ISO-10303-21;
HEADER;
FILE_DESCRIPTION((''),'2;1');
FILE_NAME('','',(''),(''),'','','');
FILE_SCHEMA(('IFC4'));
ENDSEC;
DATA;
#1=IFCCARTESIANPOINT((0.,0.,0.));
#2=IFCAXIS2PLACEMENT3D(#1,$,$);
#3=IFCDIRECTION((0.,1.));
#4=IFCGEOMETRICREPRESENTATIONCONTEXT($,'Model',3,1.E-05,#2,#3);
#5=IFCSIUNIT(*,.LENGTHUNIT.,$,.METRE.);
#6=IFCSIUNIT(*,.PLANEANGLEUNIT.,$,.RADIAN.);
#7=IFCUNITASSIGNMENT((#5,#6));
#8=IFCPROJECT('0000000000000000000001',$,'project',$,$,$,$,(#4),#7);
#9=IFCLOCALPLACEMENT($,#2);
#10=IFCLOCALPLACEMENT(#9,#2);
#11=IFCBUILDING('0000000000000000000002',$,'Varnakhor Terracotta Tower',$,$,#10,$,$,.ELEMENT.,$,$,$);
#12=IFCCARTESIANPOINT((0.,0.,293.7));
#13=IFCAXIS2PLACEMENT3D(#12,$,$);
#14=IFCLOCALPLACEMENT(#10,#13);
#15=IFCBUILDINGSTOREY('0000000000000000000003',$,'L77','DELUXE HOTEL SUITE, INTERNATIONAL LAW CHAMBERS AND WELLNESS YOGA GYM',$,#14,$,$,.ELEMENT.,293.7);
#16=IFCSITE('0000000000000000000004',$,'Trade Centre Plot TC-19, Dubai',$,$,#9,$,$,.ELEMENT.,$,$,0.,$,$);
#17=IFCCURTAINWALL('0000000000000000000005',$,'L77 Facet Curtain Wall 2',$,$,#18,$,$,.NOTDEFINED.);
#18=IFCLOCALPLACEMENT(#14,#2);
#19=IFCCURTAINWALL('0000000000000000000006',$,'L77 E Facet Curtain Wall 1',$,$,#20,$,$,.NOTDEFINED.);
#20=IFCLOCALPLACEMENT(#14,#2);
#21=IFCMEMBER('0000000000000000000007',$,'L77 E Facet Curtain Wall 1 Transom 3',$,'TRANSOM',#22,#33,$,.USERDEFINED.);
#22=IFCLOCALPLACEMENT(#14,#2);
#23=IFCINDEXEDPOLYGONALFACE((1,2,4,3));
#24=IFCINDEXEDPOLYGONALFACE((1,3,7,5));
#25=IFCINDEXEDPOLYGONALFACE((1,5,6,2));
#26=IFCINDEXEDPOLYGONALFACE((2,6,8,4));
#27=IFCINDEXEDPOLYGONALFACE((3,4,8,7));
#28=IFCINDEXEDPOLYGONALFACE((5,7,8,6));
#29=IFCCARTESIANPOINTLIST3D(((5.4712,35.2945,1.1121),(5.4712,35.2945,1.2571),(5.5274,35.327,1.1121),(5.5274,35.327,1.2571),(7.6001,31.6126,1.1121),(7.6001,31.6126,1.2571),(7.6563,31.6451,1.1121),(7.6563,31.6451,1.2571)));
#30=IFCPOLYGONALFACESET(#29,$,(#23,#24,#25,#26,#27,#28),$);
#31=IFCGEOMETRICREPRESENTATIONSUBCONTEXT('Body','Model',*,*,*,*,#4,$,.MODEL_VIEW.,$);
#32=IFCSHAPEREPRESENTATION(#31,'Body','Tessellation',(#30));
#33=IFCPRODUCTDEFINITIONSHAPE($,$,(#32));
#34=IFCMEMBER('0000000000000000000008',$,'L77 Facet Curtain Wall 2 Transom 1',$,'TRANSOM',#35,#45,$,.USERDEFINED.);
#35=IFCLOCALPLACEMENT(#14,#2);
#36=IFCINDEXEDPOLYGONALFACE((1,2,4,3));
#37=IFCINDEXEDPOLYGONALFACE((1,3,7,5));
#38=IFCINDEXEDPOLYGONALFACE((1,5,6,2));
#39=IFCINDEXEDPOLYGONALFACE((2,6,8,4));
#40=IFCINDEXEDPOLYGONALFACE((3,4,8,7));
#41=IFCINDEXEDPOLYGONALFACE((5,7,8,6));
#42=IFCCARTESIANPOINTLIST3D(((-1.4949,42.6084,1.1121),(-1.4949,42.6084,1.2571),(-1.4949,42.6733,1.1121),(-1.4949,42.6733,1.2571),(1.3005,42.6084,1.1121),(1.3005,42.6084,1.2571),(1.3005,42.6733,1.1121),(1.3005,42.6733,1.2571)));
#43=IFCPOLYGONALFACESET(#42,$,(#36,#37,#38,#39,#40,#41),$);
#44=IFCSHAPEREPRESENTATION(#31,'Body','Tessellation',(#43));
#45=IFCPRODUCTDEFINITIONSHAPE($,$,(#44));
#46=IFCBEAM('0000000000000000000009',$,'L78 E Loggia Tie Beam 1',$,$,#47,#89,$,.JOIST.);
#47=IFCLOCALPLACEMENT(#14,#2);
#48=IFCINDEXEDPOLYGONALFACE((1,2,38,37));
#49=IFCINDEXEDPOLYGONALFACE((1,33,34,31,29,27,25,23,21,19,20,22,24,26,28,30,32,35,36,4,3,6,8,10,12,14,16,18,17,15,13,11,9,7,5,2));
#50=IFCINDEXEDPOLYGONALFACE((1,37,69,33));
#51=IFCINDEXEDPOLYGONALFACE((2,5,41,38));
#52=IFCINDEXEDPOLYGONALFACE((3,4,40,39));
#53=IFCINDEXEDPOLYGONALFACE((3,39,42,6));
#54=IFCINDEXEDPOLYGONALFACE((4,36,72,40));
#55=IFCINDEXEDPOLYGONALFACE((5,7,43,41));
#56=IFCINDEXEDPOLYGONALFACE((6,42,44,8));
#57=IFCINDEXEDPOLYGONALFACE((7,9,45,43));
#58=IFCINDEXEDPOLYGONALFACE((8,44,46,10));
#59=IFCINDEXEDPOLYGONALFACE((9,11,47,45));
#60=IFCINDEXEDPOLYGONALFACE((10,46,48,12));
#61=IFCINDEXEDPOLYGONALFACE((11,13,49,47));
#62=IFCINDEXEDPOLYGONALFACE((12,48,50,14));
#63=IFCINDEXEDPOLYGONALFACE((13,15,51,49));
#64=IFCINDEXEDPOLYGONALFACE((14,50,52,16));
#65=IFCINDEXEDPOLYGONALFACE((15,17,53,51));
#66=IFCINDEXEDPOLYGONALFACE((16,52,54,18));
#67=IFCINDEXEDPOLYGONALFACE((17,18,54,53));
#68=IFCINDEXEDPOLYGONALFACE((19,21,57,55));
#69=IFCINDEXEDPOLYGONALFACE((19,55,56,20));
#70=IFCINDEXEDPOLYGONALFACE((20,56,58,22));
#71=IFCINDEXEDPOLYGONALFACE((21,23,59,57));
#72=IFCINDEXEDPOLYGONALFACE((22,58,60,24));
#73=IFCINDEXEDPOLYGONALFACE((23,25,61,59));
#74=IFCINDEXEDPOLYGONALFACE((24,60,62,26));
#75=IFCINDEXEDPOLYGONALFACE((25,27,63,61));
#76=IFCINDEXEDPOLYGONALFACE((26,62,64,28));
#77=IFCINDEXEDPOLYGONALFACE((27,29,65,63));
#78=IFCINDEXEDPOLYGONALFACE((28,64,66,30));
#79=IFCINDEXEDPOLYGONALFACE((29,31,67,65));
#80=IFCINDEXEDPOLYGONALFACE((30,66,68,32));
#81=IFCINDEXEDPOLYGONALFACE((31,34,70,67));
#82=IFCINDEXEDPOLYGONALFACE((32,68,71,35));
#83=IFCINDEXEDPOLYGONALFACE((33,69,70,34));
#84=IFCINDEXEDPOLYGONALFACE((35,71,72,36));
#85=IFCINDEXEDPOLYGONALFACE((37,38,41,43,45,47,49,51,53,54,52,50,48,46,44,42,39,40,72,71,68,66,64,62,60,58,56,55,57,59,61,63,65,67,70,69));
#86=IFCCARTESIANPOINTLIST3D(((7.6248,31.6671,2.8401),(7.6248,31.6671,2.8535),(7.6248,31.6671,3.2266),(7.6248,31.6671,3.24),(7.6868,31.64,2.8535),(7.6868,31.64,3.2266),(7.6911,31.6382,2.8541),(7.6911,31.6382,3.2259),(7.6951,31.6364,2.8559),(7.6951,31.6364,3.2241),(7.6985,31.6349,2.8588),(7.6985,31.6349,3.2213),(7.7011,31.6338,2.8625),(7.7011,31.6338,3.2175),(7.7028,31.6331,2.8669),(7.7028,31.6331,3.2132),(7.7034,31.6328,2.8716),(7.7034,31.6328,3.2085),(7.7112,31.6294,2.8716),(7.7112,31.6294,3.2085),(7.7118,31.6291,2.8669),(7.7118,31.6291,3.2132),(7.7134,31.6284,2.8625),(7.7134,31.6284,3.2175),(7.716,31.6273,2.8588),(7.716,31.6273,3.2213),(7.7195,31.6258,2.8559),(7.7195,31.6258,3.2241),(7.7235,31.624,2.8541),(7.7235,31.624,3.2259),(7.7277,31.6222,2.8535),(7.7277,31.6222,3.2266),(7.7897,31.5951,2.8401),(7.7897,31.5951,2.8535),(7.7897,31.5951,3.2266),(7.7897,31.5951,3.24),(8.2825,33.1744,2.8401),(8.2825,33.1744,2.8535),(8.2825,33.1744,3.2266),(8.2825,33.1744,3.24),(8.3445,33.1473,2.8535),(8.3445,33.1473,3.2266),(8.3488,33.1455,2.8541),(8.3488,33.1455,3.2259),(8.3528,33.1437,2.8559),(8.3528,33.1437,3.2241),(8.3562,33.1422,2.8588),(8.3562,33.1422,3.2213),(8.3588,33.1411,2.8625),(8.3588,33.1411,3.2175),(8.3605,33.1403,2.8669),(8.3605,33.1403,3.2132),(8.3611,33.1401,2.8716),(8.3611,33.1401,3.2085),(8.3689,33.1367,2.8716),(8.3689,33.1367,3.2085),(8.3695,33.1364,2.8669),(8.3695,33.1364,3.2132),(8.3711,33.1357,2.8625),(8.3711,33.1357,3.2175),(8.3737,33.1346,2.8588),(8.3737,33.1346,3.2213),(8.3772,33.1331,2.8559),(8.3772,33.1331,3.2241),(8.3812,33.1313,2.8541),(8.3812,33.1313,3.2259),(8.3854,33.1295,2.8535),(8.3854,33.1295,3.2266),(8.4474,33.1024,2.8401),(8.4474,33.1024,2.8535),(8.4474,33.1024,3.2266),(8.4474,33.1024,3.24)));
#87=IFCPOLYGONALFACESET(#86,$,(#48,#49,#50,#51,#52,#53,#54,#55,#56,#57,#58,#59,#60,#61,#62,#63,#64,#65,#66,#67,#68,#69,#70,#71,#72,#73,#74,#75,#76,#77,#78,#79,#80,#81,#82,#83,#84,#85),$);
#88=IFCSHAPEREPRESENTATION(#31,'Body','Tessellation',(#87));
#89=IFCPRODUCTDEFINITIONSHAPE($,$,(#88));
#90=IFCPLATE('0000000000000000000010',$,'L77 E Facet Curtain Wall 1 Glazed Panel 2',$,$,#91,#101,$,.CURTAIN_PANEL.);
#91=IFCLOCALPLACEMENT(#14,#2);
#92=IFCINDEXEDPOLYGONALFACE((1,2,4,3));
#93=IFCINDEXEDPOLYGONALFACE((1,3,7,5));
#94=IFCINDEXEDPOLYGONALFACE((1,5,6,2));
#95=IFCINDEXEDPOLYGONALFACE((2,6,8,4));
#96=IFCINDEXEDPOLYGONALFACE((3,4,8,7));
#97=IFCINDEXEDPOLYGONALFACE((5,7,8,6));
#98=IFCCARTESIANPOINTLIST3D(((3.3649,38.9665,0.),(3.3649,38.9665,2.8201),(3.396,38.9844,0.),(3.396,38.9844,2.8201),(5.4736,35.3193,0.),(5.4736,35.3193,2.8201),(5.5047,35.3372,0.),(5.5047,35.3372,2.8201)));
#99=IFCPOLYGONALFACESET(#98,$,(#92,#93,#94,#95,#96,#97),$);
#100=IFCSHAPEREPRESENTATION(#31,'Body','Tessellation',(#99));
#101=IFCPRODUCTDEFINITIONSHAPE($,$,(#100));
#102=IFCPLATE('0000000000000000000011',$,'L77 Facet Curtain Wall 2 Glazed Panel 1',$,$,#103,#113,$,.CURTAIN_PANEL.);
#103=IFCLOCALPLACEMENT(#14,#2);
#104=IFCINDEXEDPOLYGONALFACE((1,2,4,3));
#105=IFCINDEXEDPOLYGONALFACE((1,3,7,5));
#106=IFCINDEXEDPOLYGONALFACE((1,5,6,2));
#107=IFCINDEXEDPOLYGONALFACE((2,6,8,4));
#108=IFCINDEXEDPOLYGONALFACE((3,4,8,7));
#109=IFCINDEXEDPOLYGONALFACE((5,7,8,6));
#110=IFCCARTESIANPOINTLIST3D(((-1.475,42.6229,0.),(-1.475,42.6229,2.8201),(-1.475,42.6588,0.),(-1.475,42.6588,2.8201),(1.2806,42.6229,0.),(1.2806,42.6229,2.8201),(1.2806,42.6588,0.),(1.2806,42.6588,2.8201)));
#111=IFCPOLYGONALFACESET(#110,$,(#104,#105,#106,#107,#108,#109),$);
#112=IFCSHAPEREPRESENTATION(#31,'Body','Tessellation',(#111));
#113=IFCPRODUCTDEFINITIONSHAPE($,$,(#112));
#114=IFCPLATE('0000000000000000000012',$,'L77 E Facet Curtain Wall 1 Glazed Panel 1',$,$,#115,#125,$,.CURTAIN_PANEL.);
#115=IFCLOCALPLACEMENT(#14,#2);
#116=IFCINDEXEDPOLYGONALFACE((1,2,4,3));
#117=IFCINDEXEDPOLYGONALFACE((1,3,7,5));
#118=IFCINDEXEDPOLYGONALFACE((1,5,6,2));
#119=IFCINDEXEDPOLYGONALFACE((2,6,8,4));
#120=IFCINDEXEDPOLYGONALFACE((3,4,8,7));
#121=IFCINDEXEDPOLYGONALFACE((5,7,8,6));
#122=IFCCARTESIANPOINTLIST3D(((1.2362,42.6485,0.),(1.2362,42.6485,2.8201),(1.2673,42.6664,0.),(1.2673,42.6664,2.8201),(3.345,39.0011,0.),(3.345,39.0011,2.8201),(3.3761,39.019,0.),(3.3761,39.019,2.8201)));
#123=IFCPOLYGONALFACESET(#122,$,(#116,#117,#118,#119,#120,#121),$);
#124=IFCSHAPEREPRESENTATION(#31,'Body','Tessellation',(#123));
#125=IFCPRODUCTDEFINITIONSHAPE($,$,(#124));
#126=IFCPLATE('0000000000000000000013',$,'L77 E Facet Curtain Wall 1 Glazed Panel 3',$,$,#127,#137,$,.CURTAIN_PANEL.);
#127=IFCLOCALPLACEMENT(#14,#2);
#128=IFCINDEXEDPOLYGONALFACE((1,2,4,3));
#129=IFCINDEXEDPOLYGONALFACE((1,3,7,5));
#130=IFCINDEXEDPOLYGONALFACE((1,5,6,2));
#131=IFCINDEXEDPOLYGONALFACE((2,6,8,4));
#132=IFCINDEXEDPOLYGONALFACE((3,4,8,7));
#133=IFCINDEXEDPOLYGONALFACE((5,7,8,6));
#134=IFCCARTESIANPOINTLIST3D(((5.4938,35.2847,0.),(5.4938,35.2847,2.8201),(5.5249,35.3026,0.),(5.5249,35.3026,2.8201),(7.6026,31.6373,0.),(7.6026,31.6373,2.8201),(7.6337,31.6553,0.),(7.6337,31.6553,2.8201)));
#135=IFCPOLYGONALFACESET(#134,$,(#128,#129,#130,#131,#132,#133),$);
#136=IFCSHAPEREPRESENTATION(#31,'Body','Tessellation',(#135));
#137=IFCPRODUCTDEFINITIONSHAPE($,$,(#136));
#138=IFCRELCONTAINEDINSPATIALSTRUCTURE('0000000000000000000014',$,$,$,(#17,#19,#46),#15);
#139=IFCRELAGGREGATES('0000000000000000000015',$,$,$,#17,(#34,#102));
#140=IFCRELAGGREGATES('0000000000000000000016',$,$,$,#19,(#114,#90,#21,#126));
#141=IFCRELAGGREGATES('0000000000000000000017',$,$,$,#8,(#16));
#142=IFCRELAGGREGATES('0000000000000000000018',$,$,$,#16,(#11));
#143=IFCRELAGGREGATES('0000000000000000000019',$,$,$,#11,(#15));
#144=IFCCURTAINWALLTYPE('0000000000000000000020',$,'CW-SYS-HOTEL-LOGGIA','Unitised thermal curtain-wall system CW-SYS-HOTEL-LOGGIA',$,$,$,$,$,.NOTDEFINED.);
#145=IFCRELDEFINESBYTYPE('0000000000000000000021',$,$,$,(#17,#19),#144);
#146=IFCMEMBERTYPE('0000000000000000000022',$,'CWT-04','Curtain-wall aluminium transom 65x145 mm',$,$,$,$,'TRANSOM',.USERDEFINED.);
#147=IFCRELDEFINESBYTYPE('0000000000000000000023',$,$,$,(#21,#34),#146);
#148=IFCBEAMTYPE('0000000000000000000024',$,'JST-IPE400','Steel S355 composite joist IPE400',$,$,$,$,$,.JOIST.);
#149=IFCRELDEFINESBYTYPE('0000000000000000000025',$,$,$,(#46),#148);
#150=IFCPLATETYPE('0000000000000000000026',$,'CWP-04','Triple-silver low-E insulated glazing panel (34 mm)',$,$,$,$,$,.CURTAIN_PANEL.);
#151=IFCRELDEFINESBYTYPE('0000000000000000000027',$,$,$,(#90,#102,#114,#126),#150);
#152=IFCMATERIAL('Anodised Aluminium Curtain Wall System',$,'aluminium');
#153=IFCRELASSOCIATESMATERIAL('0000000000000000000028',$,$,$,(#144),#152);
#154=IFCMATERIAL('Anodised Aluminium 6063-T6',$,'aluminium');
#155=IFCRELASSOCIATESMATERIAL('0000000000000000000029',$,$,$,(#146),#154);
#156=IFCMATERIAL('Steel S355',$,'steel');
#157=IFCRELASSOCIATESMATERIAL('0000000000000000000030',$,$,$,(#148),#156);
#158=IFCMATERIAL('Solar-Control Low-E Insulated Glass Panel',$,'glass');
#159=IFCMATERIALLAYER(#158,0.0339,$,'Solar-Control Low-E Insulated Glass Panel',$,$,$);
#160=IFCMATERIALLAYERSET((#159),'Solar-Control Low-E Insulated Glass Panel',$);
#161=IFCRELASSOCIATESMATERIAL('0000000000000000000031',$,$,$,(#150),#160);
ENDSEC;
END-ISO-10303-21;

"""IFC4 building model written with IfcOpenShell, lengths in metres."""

from ifc_helpers import new_model, si_unit, direction, frame, origin, origin_2d, place, context, subcontext, project, spatial, rectangle, i_section, extrude, source, transform, mapped, material, layer, layer_set, material_profile, profile_set, type_object, element, aggregate, save


model = new_model("IFC4")

# Units and contexts
model_context = context("Model", 3, precision=1e-05, world=origin(), true_north=direction((0.0, 1.0)))
body_context = subcontext(model_context, "Body", "Model", "MODEL_VIEW")
ifc_project = project(units=[si_unit("LENGTHUNIT", "METRE"), si_unit("PLANEANGLEUNIT", "RADIAN")], contexts=[model_context])

# Site, building, storey
site_placement = place(None, origin())
site = spatial("IfcSite", under=ifc_project, at=site_placement, Name="Trade Centre Plot TC-19, Dubai", CompositionType="ELEMENT", RefElevation=0.0)
building_placement = place(site_placement, origin())
building = spatial("IfcBuilding", under=site, at=building_placement, Name="Varnakhor Terracotta Tower", CompositionType="ELEMENT")
storey_placement = place(building_placement, frame((0.0, 0.0, 293.7)))
storey = spatial("IfcBuildingStorey", under=building, at=storey_placement, Name="L77", Description="DELUXE HOTEL SUITE, INTERNATIONAL LAW CHAMBERS AND WELLNESS YOGA GYM", CompositionType="ELEMENT", Elevation=293.7)

# Shared definitions
ifc_material_1 = material(Name="Steel S355", Category="steel")

# Curtain wall
ifc_material_2 = material(Name="Anodised Aluminium Curtain Wall System", Category="aluminium")
curtain_wall_type = type_object("IfcCurtainWallType", Name="CW-SYS-HOTEL-LOGGIA", Description="Unitised thermal curtain-wall system CW-SYS-HOTEL-LOGGIA", PredefinedType="NOTDEFINED", material=ifc_material_2)
curtain_wall_1_placement = place(storey_placement, origin())
curtain_wall_1 = element("IfcCurtainWall", 1, at=curtain_wall_1_placement, inside=storey, type_object=curtain_wall_type, Name="L77 Facet Curtain Wall 2", PredefinedType="NOTDEFINED")
ifc_material_3 = material(Name="Anodised Aluminium 6063-T6", Category="aluminium")

# Curtain wall, member
curtain_wall_2_placement = place(storey_placement, origin())
curtain_wall_2 = element("IfcCurtainWall", 2, at=curtain_wall_2_placement, inside=storey, type_object=curtain_wall_type, Name="L77 E Facet Curtain Wall 1", PredefinedType="NOTDEFINED")
ifc_material_profile_1 = material_profile(ifc_material_3, rectangle(XDim=0.0649, YDim=0.145, at=origin_2d()), Name="ALU TRANSOM 65x145")
ifc_profile_set_1 = profile_set([ifc_material_profile_1], Name="Anodised Aluminium 6063-T6")
member_type_1 = type_object("IfcMemberType", Name="CWT-04", Description="Curtain-wall aluminium transom 65x145 mm", ElementType="TRANSOM", PredefinedType="USERDEFINED", material=ifc_profile_set_1)
shared_shape_1 = source(origin(), body_context, "Body", "SweptSolid", [
    extrude(rectangle(XDim=0.0649, YDim=0.145, at=origin_2d()), origin(), (0.0, 0.0, 1.0), 4.2532),
])
member_1_placement = place(storey_placement, frame((5.4993, 35.3108, 1.1846), z_axis=(0.500559, -0.865703, 0.0), x_axis=(0.865703, 0.500559, 0.0)))
member_1 = element("IfcMember", 3, at=member_1_placement, type_object=member_type_1, Name="L77 E Facet Curtain Wall 1 Transom 3", ObjectType="TRANSOM", PredefinedType="USERDEFINED", context=body_context, shape_type="MappedRepresentation", body=[
    mapped(shared_shape_1, transform((0.0, 0.0, 0.0), scale=1.0)),
])

# Member
shared_shape_2 = source(origin(), body_context, "Body", "SweptSolid", [
    extrude(rectangle(XDim=0.0649, YDim=0.145, at=origin_2d()), origin(), (0.0, 0.0, 1.0), 2.7954),
])
member_2_placement = place(storey_placement, frame((-1.4949, 42.6409, 1.1846), z_axis=(1.0, 0.0, 0.0), x_axis=(0.0, 1.0, 0.0)))
member_2 = element("IfcMember", 4, at=member_2_placement, type_object=member_type_1, Name="L77 Facet Curtain Wall 2 Transom 1", ObjectType="TRANSOM", PredefinedType="USERDEFINED", context=body_context, shape_type="MappedRepresentation", body=[
    mapped(shared_shape_2, transform((0.0, 0.0, 0.0), scale=1.0)),
])

# Beam
ifc_material_profile_2 = material_profile(ifc_material_1, i_section(OverallWidth=0.1799, OverallDepth=0.3999, WebThickness=0.0085, FlangeThickness=0.0134, FilletRadius=0.0181, at=origin_2d()), Name="IPE400")
ifc_profile_set_2 = profile_set([ifc_material_profile_2], Name="Steel S355")
beam_type_1 = type_object("IfcBeamType", Name="JST-IPE400", Description="Steel S355 composite joist IPE400", PredefinedType="JOIST", material=ifc_profile_set_2)
shared_shape_3 = source(origin(), body_context, "Body", "SweptSolid", [
    extrude(i_section(OverallWidth=0.1799, OverallDepth=0.3999, WebThickness=0.0085, FlangeThickness=0.0134, FilletRadius=0.0181, at=origin_2d()), origin(), (0.0, 0.0, 1.0), 1.6445),
])
beam_1_placement = place(storey_placement, frame((7.7073, 31.6311, 3.04), z_axis=(0.399931, 0.916545, 0.0), x_axis=(-0.916545, 0.399931, 0.0)))
element("IfcBeam", 5, at=beam_1_placement, inside=storey, type_object=beam_type_1, Name="L78 E Loggia Tie Beam 1", PredefinedType="JOIST", context=body_context, shape_type="MappedRepresentation", body=[
    mapped(shared_shape_3, transform((0.0, 0.0, 0.0), scale=1.0)),
])

# Plates
ifc_material_4 = material(Name="Solar-Control Low-E Insulated Glass Panel", Category="glass")
ifc_layer_1 = layer(ifc_material_4, 0.0339, Name="Solar-Control Low-E Insulated Glass Panel")
ifc_layer_set_1 = layer_set([ifc_layer_1], Name="Solar-Control Low-E Insulated Glass Panel")
plate_type = type_object("IfcPlateType", Name="CWP-04", Description="Triple-silver low-E insulated glazing panel (34 mm)", PredefinedType="CURTAIN_PANEL", material=ifc_layer_set_1)
shared_shape_4 = source(origin(), body_context, "Body", "SweptSolid", [
    extrude(rectangle(XDim=4.2129, YDim=0.0359, at=origin_2d()), origin(), (0.0, 0.0, 1.0), 2.8201),
])
plate_1_placement = place(storey_placement, frame((4.4348, 37.1519, 0.0), z_axis=(0.0, 0.0, 1.0), x_axis=(0.500529, -0.86572, 0.0)))
plate_1 = element("IfcPlate", 6, at=plate_1_placement, type_object=plate_type, Name="L77 E Facet Curtain Wall 1 Glazed Panel 2", PredefinedType="CURTAIN_PANEL", context=body_context, shape_type="MappedRepresentation", body=[
    mapped(shared_shape_4, transform((0.0, 0.0, 0.0), scale=1.0)),
])
shared_shape_5 = source(origin(), body_context, "Body", "SweptSolid", [
    extrude(rectangle(XDim=2.7556, YDim=0.0359, at=origin_2d()), origin(), (0.0, 0.0, 1.0), 2.8201),
])
plate_2_placement = place(storey_placement, frame((-0.0972, 42.6409, 0.0), z_axis=(0.0, 0.0, 1.0), x_axis=(1.0, 0.0, 0.0)))
plate_2 = element("IfcPlate", 7, at=plate_2_placement, type_object=plate_type, Name="L77 Facet Curtain Wall 2 Glazed Panel 1", PredefinedType="CURTAIN_PANEL", context=body_context, shape_type="MappedRepresentation", body=[
    mapped(shared_shape_5, transform((0.0, 0.0, 0.0), scale=1.0)),
])
aggregate(curtain_wall_1, [member_2, plate_2])
shared_shape_6 = source(origin(), body_context, "Body", "SweptSolid", [
    extrude(rectangle(XDim=4.2131, YDim=0.0359, at=origin_2d()), origin(), (0.0, 0.0, 1.0), 2.8201),
])
plate_3_placement = place(storey_placement, frame((2.3062, 40.8337, 0.0), z_axis=(0.0, 0.0, 1.0), x_axis=(0.500529, -0.86572, 0.0)))
plate_3 = element("IfcPlate", 8, at=plate_3_placement, type_object=plate_type, Name="L77 E Facet Curtain Wall 1 Glazed Panel 1", PredefinedType="CURTAIN_PANEL", context=body_context, shape_type="MappedRepresentation", body=[
    mapped(shared_shape_6, transform((0.0, 0.0, 0.0), scale=1.0)),
])
plate_4_placement = place(storey_placement, frame((6.5637, 33.47, 0.0), z_axis=(0.0, 0.0, 1.0), x_axis=(0.500529, -0.86572, 0.0)))
plate_4 = element("IfcPlate", 9, at=plate_4_placement, type_object=plate_type, Name="L77 E Facet Curtain Wall 1 Glazed Panel 3", PredefinedType="CURTAIN_PANEL", context=body_context, shape_type="MappedRepresentation", body=[
    mapped(shared_shape_6, transform((0.0, 0.0, 0.0), scale=1.0)),
])
aggregate(curtain_wall_2, [plate_3, plate_1, member_1, plate_4])

save(model, "model.ifc")
